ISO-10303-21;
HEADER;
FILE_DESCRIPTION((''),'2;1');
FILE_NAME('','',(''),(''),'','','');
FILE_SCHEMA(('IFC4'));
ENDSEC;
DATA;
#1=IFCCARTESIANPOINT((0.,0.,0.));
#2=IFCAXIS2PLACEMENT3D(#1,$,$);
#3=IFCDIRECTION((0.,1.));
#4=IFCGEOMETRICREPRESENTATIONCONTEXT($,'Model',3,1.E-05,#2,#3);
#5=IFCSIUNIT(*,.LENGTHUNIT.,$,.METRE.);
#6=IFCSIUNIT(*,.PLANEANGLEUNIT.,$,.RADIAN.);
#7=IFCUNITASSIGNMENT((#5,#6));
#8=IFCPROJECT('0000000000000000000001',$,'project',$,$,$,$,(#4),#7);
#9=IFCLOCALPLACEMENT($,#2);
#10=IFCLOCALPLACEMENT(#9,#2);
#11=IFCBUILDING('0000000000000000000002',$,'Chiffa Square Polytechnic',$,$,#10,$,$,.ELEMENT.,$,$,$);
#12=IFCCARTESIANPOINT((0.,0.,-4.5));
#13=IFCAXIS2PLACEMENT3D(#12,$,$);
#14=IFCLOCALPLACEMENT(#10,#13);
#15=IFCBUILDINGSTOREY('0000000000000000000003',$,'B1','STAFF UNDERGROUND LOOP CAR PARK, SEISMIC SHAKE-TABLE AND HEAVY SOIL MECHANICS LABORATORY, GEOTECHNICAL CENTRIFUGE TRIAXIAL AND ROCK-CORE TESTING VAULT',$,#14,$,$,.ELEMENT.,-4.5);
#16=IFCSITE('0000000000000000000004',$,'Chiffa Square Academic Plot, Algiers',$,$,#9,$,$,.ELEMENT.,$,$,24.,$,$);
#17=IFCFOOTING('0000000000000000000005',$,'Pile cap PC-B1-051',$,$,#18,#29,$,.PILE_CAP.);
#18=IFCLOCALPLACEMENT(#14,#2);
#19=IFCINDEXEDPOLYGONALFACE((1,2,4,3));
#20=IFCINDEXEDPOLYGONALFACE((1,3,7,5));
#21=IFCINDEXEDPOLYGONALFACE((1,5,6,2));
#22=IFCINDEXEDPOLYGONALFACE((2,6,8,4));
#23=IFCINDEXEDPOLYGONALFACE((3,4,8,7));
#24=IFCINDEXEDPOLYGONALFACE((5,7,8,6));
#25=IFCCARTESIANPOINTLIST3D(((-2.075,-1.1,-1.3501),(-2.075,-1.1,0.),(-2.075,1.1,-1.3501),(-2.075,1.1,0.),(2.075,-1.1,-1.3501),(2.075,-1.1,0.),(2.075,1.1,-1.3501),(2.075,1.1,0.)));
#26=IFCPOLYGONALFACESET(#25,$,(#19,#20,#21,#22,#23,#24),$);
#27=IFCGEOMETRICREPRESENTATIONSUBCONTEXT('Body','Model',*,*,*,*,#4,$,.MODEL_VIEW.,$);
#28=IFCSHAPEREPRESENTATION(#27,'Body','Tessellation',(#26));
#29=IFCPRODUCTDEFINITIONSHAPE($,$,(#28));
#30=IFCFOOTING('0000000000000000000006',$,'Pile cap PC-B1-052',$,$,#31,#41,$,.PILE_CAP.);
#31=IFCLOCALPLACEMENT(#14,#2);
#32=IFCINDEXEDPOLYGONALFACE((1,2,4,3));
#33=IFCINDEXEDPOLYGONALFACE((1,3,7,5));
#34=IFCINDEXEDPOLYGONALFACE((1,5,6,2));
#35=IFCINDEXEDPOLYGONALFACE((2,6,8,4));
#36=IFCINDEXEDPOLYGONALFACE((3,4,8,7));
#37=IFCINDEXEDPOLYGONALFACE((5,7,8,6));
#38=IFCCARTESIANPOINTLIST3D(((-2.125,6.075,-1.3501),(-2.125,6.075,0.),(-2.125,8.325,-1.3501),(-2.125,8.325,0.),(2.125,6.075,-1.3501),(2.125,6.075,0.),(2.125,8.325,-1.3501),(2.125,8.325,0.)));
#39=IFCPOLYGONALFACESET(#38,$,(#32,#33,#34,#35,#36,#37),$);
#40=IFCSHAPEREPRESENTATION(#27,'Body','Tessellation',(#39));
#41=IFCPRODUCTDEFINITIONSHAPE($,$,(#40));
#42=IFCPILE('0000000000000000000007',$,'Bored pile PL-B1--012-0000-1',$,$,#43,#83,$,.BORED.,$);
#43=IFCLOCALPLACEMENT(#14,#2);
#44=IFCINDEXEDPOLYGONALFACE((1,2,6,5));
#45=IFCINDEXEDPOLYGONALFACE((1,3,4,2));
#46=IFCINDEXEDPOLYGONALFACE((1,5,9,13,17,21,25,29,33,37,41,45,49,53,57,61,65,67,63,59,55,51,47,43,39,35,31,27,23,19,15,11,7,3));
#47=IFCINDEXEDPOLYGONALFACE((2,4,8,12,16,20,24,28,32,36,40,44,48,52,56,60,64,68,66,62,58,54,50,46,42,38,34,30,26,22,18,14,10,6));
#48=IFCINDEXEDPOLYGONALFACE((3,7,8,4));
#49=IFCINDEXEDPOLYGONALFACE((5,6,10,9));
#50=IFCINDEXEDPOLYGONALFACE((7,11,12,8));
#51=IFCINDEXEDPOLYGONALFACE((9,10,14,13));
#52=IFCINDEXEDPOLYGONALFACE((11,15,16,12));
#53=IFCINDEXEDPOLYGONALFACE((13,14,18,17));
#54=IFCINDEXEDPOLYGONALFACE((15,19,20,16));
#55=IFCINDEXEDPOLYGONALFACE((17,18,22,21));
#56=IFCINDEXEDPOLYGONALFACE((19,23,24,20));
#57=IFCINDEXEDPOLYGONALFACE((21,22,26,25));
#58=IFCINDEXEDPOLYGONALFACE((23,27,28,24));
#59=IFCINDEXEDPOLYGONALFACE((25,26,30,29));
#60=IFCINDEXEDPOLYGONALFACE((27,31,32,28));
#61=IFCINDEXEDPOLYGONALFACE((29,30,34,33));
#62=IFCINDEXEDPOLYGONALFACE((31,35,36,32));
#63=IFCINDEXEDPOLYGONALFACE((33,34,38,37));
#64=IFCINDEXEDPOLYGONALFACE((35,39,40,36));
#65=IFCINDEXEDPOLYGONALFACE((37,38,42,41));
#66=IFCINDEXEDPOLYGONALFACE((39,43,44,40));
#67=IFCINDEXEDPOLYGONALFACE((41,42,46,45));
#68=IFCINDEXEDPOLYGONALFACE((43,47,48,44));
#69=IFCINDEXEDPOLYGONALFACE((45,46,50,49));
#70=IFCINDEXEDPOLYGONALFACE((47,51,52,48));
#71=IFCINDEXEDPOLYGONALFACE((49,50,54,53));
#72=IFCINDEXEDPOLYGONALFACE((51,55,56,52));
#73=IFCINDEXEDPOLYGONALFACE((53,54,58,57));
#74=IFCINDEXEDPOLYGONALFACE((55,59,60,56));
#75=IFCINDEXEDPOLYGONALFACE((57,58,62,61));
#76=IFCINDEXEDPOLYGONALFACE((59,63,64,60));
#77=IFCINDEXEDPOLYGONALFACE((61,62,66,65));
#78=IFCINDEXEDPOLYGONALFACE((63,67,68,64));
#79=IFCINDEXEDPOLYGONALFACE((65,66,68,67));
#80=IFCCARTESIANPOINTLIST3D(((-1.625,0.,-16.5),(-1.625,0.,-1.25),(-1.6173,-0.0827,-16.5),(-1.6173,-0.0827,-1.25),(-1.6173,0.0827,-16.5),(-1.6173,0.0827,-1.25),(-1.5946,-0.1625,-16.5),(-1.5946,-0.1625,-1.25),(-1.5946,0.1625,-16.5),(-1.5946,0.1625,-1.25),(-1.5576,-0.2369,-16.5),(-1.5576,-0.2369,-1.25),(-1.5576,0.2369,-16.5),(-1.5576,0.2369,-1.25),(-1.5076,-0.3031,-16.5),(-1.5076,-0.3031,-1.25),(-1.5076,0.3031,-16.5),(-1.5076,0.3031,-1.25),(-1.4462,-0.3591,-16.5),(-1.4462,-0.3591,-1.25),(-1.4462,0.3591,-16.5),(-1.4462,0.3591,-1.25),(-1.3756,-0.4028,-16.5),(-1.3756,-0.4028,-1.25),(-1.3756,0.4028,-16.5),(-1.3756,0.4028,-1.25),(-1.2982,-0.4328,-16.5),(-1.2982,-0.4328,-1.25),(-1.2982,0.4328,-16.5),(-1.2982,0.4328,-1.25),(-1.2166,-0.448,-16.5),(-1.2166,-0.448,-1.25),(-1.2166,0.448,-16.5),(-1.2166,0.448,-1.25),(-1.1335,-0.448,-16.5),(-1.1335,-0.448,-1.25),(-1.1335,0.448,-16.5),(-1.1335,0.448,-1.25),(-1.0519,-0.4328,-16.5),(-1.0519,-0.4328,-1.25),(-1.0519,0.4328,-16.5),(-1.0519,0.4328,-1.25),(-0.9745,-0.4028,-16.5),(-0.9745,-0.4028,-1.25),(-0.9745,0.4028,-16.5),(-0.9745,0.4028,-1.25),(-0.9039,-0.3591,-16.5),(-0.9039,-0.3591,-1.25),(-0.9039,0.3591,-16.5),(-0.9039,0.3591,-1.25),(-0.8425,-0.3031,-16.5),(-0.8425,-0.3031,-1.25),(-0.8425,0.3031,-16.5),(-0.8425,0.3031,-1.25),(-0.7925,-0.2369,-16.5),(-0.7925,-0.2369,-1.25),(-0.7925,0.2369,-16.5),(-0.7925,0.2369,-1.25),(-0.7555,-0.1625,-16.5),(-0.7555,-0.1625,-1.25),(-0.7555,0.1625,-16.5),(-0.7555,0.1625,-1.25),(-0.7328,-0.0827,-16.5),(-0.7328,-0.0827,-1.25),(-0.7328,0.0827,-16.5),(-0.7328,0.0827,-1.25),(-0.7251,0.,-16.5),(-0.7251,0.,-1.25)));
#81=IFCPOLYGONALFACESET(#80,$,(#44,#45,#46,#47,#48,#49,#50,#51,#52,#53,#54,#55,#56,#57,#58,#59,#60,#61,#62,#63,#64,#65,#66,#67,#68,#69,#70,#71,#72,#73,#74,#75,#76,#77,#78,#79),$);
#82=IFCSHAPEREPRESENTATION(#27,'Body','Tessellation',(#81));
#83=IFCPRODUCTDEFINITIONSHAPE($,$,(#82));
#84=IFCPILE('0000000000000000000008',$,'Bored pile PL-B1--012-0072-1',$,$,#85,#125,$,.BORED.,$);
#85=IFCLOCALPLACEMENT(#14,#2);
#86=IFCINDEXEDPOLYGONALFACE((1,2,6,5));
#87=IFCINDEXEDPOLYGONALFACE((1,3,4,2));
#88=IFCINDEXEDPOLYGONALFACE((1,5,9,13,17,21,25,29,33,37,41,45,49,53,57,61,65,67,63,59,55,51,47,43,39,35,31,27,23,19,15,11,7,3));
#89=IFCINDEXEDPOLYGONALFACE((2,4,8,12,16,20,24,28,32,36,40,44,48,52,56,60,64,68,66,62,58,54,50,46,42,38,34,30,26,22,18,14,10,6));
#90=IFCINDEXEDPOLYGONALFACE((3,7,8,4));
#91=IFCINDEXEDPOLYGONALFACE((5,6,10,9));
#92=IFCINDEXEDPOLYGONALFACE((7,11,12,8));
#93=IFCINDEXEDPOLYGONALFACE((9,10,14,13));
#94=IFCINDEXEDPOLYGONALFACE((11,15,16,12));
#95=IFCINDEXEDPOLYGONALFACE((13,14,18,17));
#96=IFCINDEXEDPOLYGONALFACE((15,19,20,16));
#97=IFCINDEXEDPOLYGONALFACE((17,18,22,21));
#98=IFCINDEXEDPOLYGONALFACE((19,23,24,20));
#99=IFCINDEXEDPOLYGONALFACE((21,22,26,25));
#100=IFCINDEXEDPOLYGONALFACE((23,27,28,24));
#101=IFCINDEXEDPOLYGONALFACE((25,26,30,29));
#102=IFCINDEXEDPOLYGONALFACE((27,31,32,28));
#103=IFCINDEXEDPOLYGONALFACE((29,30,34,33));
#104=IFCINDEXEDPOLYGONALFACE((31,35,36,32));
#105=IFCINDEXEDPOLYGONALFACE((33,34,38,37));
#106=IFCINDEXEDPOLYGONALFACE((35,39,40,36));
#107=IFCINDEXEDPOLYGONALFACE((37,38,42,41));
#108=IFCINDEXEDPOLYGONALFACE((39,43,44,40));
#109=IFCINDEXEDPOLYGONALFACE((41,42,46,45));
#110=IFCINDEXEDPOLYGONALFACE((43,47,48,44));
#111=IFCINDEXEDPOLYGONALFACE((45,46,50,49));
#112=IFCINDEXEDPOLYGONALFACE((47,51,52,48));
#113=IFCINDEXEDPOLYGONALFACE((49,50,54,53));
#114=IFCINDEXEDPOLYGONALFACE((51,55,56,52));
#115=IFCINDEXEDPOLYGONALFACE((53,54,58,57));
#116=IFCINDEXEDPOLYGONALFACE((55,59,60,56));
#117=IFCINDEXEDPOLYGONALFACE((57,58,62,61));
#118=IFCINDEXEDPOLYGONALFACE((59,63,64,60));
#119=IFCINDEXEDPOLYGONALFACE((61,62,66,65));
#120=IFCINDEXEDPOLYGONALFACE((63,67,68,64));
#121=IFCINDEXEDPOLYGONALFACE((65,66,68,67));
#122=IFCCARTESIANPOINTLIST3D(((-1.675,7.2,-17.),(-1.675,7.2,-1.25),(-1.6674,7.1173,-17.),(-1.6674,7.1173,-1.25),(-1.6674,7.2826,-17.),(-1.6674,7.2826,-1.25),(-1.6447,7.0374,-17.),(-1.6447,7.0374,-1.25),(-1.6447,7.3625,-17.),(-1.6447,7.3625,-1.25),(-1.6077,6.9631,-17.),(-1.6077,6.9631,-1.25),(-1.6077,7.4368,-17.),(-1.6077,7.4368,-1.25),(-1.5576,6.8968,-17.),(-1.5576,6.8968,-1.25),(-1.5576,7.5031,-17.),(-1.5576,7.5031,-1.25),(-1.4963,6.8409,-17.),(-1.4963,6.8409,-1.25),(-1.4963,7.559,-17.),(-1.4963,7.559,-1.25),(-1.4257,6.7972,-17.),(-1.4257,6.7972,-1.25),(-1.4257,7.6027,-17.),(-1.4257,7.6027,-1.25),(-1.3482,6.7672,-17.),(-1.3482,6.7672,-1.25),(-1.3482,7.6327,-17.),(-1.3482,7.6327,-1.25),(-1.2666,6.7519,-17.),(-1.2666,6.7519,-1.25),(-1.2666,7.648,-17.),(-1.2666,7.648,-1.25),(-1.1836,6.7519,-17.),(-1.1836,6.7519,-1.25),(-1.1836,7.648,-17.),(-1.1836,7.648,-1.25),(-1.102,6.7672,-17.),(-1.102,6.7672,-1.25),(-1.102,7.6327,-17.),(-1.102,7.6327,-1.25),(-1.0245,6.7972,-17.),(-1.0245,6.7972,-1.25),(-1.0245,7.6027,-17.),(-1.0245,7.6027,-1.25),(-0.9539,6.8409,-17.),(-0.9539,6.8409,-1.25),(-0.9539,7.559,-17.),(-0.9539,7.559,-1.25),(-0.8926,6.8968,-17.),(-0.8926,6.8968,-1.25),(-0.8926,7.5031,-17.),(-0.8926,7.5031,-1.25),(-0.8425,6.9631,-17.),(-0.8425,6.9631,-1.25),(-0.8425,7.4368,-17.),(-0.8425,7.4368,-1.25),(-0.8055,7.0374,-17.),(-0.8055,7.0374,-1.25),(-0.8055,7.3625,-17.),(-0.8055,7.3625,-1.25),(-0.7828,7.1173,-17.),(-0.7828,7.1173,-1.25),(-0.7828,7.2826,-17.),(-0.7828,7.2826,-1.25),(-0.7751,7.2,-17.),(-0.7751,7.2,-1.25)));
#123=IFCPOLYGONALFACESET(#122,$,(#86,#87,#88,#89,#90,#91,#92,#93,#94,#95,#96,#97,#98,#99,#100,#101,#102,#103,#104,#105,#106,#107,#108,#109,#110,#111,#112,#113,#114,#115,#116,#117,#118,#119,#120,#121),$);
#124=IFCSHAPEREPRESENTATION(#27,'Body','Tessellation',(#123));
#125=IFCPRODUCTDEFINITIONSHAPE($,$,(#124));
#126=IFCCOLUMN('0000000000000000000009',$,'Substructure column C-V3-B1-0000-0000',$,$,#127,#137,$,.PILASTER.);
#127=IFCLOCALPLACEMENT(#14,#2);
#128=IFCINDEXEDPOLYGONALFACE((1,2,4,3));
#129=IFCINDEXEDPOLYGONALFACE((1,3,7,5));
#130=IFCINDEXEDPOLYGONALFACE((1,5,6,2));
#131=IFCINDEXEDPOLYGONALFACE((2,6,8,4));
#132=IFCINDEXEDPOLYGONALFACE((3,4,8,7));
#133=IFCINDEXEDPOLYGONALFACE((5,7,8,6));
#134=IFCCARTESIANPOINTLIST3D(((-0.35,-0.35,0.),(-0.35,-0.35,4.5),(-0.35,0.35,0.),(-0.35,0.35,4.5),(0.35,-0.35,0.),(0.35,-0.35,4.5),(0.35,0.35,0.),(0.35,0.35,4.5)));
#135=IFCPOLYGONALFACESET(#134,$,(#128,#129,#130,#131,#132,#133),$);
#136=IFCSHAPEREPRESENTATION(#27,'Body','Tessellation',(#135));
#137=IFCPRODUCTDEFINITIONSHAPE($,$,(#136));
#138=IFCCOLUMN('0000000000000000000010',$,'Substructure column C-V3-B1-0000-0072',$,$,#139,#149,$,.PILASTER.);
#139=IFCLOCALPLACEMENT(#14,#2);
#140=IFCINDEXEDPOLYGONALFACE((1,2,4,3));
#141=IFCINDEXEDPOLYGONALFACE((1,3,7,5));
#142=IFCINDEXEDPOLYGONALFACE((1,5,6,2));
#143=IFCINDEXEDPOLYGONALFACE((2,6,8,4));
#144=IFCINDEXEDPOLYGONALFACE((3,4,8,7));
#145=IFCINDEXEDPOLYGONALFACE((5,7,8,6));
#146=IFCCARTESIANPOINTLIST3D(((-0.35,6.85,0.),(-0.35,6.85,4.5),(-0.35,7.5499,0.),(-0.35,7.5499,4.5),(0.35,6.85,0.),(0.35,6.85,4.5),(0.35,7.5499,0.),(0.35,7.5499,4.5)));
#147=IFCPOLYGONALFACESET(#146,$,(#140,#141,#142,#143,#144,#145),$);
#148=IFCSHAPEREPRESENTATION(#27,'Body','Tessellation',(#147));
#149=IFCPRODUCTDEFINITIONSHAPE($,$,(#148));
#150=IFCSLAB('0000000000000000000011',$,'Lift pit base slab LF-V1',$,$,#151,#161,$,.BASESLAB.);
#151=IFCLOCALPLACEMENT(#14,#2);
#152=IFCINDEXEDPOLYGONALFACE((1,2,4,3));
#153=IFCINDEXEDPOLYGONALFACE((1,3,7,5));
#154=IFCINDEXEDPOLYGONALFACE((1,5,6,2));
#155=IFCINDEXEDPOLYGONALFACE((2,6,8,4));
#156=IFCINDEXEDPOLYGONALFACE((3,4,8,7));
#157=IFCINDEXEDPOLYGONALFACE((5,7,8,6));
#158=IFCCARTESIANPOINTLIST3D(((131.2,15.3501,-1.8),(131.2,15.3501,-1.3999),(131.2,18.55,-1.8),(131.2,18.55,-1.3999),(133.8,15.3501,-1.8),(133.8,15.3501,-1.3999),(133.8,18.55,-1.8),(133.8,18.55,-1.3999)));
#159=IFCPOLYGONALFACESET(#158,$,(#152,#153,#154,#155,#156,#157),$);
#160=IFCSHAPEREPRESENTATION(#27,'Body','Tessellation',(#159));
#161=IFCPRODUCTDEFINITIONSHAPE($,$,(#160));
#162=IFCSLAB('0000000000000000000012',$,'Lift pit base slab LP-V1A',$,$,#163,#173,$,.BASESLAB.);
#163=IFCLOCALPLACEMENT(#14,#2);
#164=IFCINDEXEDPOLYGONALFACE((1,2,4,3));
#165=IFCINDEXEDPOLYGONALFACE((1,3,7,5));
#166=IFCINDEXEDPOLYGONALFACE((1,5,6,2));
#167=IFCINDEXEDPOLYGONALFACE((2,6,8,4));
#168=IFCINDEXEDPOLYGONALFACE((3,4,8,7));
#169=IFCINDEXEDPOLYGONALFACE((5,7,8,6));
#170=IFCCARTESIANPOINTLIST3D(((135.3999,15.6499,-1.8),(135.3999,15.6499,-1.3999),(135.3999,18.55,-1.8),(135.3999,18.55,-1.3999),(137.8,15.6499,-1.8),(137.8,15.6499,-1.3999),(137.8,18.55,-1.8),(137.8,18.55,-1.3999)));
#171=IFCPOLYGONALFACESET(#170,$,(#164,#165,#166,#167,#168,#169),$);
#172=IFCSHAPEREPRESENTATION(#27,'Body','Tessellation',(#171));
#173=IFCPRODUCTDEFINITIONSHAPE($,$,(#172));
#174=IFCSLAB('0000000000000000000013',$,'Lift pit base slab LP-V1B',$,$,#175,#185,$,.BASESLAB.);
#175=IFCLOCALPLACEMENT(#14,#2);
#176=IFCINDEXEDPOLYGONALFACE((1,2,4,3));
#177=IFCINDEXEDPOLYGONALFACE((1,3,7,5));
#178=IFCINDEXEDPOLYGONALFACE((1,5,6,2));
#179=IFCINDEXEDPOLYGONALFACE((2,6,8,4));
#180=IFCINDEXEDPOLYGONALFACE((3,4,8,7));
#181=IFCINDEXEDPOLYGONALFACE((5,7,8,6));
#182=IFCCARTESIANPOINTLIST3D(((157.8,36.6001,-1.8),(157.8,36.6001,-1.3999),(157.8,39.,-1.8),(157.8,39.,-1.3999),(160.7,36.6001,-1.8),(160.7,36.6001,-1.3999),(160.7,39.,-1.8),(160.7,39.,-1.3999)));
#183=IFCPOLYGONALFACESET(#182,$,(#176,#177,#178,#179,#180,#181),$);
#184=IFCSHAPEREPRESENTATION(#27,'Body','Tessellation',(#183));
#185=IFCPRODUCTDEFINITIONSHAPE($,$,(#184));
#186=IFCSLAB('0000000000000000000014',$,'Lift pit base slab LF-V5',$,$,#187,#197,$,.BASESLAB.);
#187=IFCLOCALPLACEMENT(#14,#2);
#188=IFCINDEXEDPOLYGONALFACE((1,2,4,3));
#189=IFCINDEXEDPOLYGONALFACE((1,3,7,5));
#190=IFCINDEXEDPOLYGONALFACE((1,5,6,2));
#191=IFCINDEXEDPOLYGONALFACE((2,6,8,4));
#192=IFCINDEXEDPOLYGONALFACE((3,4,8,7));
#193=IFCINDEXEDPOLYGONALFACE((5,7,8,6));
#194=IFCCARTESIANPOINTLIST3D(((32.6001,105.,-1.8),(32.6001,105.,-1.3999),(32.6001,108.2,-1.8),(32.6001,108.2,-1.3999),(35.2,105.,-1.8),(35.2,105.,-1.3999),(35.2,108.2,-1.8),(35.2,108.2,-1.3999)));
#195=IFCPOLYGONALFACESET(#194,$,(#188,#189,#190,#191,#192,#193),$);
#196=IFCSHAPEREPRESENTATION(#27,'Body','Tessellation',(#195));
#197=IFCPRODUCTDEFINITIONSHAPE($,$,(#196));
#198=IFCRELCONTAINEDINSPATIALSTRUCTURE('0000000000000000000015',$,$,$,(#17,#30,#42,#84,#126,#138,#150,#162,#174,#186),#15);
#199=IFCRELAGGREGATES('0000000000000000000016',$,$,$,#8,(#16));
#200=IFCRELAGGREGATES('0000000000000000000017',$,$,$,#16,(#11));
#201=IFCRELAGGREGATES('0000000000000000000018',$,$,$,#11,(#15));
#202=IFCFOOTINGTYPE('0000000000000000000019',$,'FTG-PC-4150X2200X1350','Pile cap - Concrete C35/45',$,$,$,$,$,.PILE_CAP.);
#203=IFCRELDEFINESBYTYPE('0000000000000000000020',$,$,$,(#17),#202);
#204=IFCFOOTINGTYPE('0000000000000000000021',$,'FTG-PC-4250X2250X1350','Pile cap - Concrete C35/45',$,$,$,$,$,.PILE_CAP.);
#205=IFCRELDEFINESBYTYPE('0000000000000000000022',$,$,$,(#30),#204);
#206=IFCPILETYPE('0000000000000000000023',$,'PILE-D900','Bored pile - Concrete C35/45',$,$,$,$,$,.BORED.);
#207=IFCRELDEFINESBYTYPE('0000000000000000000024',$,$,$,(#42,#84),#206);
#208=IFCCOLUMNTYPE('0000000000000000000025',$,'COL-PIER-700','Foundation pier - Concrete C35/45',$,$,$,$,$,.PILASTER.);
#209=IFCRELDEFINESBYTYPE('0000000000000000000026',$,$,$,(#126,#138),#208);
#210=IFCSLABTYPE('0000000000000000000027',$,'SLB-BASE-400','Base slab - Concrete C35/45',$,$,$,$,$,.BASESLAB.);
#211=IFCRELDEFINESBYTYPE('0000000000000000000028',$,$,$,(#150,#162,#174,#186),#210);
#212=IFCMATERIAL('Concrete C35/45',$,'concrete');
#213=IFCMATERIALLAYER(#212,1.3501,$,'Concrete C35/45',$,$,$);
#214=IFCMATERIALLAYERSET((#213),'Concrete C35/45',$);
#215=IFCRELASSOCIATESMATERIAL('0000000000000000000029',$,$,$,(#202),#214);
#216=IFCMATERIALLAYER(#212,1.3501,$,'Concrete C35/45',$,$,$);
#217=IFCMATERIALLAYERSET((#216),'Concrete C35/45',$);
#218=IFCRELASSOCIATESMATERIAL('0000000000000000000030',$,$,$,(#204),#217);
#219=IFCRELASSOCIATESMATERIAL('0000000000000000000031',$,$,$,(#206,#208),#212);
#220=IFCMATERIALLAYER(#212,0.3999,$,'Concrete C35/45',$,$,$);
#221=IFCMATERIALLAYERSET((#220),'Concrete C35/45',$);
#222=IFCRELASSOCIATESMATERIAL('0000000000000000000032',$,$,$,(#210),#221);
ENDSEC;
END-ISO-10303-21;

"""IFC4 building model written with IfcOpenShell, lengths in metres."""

from ifc_helpers import new_model, si_unit, direction, frame, origin, origin_2d, place, context, subcontext, project, spatial, polyline, rectangle, circle, outline, extrude, material, layer, layer_set, material_profile, profile_set, type_object, element, save


model = new_model("IFC4")

# Units and contexts
model_context = context("Model", 3, precision=1e-05, world=origin(), true_north=direction((0.0, 1.0)))
body_context = subcontext(model_context, "Body", "Model", "MODEL_VIEW")
ifc_project = project(units=[si_unit("LENGTHUNIT", "METRE"), si_unit("PLANEANGLEUNIT", "RADIAN")], contexts=[model_context])

# Site, building, storey
site_placement = place(None, origin())
site = spatial("IfcSite", under=ifc_project, at=site_placement, Name="Chiffa Square Academic Plot, Algiers", CompositionType="ELEMENT", RefElevation=24.0)
building_placement = place(site_placement, origin())
building = spatial("IfcBuilding", under=site, at=building_placement, Name="Chiffa Square Polytechnic", CompositionType="ELEMENT")
storey_placement = place(building_placement, frame((0.0, 0.0, -4.5)))
storey = spatial("IfcBuildingStorey", under=building, at=storey_placement, Name="B1", Description="STAFF UNDERGROUND LOOP CAR PARK, SEISMIC SHAKE-TABLE AND HEAVY SOIL MECHANICS LABORATORY, GEOTECHNICAL CENTRIFUGE TRIAXIAL AND ROCK-CORE TESTING VAULT", CompositionType="ELEMENT", Elevation=-4.5)

# Footings
ifc_material_1 = material(Name="Concrete C35/45", Category="concrete")
ifc_layer_1 = layer(ifc_material_1, 1.3501, Name="Concrete C35/45")
ifc_layer_set_1 = layer_set([ifc_layer_1], Name="Concrete C35/45")
footing_type_1 = type_object("IfcFootingType", Name="FTG-PC-4150X2200X1350", Description="Pile cap - Concrete C35/45", PredefinedType="PILE_CAP", material=ifc_layer_set_1)
footing_1_placement = place(storey_placement, frame((0.0, 0.0, -1.3501), z_axis=(0.0, 0.0, 1.0), x_axis=(1.0, 0.0, 0.0)))
element("IfcFooting", 1, at=footing_1_placement, inside=storey, type_object=footing_type_1, Name="Pile cap PC-B1-051", PredefinedType="PILE_CAP", context=body_context, shape_type="SweptSolid", body=[
    extrude(rectangle(XDim=4.1499, YDim=2.2, at=origin_2d()), origin(), (0.0, 0.0, 1.0), 1.3501),
])
ifc_layer_2 = layer(ifc_material_1, 1.3501, Name="Concrete C35/45")
ifc_layer_set_2 = layer_set([ifc_layer_2], Name="Concrete C35/45")
footing_type_2 = type_object("IfcFootingType", Name="FTG-PC-4250X2250X1350", Description="Pile cap - Concrete C35/45", PredefinedType="PILE_CAP", material=ifc_layer_set_2)
footing_2_placement = place(storey_placement, frame((0.0, 7.2, -1.3501), z_axis=(0.0, 0.0, 1.0), x_axis=(1.0, 0.0, 0.0)))
element("IfcFooting", 2, at=footing_2_placement, inside=storey, type_object=footing_type_2, Name="Pile cap PC-B1-052", PredefinedType="PILE_CAP", context=body_context, shape_type="SweptSolid", body=[
    extrude(rectangle(XDim=4.25, YDim=2.25, at=origin_2d()), origin(), (0.0, 0.0, 1.0), 1.3501),
])

# Piles
ifc_material_profile_1 = material_profile(ifc_material_1, circle(Radius=0.45, at=origin_2d()), Name="PILE D900")
ifc_profile_set_1 = profile_set([ifc_material_profile_1], Name="Concrete C35/45")
pile_type = type_object("IfcPileType", Name="PILE-D900", Description="Bored pile - Concrete C35/45", PredefinedType="BORED", material=ifc_profile_set_1)
pile_1_placement = place(storey_placement, frame((-1.175, 0.0, -1.25), z_axis=(0.0, 0.0, -1.0), x_axis=(1.0, 0.0, 0.0)))
element("IfcPile", 3, at=pile_1_placement, inside=storey, type_object=pile_type, Name="Bored pile PL-B1--012-0000-1", PredefinedType="BORED", context=body_context, shape_type="SweptSolid", body=[
    extrude(circle(Radius=0.45, at=origin_2d()), origin(), (0.0, 0.0, 1.0), 15.25),
])
pile_2_placement = place(storey_placement, frame((-1.2251, 7.2, -1.25), z_axis=(0.0, 0.0, -1.0), x_axis=(1.0, 0.0, 0.0)))
element("IfcPile", 4, at=pile_2_placement, inside=storey, type_object=pile_type, Name="Bored pile PL-B1--012-0072-1", PredefinedType="BORED", context=body_context, shape_type="SweptSolid", body=[
    extrude(circle(Radius=0.45, at=origin_2d()), origin(), (0.0, 0.0, 1.0), 15.75),
])

# Columns
ifc_material_profile_2 = material_profile(ifc_material_1, rectangle(XDim=0.7, YDim=0.7, at=origin_2d()), Name="RC 700x700")
ifc_profile_set_2 = profile_set([ifc_material_profile_2], Name="Concrete C35/45")
column_type = type_object("IfcColumnType", Name="COL-PIER-700", Description="Foundation pier - Concrete C35/45", PredefinedType="PILASTER", material=ifc_profile_set_2)
for number, where, z_axis, x_axis, name in (
    (5, (0.0, 0.0, 0.0), (0.0, 0.0, 1.0), (1.0, 0.0, 0.0), "Substructure column C-V3-B1-0000-0000"),
    (6, (0.0, 7.2, 0.0), (0.0, 0.0, 1.0), (1.0, 0.0, 0.0), "Substructure column C-V3-B1-0000-0072"),
):
    element("IfcColumn", number, at=place(storey_placement, frame(where, z_axis=z_axis, x_axis=x_axis)), inside=storey, type_object=column_type, Name=name, PredefinedType="PILASTER", context=body_context, shape_type="SweptSolid", body=[
        extrude(rectangle(XDim=0.7, YDim=0.7, at=origin_2d()), origin(), (0.0, 0.0, 1.0), 4.5),
    ])

# Slabs
ifc_layer_3 = layer(ifc_material_1, 0.3999, Name="Concrete C35/45")
ifc_layer_set_3 = layer_set([ifc_layer_3], Name="Concrete C35/45")
slab_type_1 = type_object("IfcSlabType", Name="SLB-BASE-400", Description="Base slab - Concrete C35/45", PredefinedType="BASESLAB", material=ifc_layer_set_3)
slab_1_placement = place(storey_placement, frame((0.0, 0.0, -1.8)))
element("IfcSlab", 7, at=slab_1_placement, inside=storey, type_object=slab_type_1, Name="Lift pit base slab LF-V1", PredefinedType="BASESLAB", context=body_context, shape_type="SweptSolid", body=[
    extrude(outline(polyline([(131.2, 15.3501), (133.8, 15.3501), (133.8, 18.55), (131.2, 18.55), (131.2, 15.3501)])), origin(), (0.0, 0.0, 1.0), 0.4001),
])
slab_2_placement = place(storey_placement, frame((0.0, 0.0, -1.8)))
element("IfcSlab", 8, at=slab_2_placement, inside=storey, type_object=slab_type_1, Name="Lift pit base slab LP-V1A", PredefinedType="BASESLAB", context=body_context, shape_type="SweptSolid", body=[
    extrude(outline(polyline([(135.3999, 15.6499), (137.8, 15.6499), (137.8, 18.55), (135.3999, 18.55), (135.3999, 15.6499)])), origin(), (0.0, 0.0, 1.0), 0.4001),
])
slab_3_placement = place(storey_placement, frame((0.0, 0.0, -1.8)))
element("IfcSlab", 9, at=slab_3_placement, inside=storey, type_object=slab_type_1, Name="Lift pit base slab LP-V1B", PredefinedType="BASESLAB", context=body_context, shape_type="SweptSolid", body=[
    extrude(outline(polyline([(157.8, 36.6001), (160.7, 36.6001), (160.7, 39.0), (157.8, 39.0), (157.8, 36.6001)])), origin(), (0.0, 0.0, 1.0), 0.4001),
])
slab_4_placement = place(storey_placement, frame((0.0, 0.0, -1.8)))
element("IfcSlab", 10, at=slab_4_placement, inside=storey, type_object=slab_type_1, Name="Lift pit base slab LF-V5", PredefinedType="BASESLAB", context=body_context, shape_type="SweptSolid", body=[
    extrude(outline(polyline([(32.6001, 105.0), (35.2, 105.0), (35.2, 108.2), (32.6001, 108.2), (32.6001, 105.0)])), origin(), (0.0, 0.0, 1.0), 0.4001),
])

save(model, "model.ifc")
